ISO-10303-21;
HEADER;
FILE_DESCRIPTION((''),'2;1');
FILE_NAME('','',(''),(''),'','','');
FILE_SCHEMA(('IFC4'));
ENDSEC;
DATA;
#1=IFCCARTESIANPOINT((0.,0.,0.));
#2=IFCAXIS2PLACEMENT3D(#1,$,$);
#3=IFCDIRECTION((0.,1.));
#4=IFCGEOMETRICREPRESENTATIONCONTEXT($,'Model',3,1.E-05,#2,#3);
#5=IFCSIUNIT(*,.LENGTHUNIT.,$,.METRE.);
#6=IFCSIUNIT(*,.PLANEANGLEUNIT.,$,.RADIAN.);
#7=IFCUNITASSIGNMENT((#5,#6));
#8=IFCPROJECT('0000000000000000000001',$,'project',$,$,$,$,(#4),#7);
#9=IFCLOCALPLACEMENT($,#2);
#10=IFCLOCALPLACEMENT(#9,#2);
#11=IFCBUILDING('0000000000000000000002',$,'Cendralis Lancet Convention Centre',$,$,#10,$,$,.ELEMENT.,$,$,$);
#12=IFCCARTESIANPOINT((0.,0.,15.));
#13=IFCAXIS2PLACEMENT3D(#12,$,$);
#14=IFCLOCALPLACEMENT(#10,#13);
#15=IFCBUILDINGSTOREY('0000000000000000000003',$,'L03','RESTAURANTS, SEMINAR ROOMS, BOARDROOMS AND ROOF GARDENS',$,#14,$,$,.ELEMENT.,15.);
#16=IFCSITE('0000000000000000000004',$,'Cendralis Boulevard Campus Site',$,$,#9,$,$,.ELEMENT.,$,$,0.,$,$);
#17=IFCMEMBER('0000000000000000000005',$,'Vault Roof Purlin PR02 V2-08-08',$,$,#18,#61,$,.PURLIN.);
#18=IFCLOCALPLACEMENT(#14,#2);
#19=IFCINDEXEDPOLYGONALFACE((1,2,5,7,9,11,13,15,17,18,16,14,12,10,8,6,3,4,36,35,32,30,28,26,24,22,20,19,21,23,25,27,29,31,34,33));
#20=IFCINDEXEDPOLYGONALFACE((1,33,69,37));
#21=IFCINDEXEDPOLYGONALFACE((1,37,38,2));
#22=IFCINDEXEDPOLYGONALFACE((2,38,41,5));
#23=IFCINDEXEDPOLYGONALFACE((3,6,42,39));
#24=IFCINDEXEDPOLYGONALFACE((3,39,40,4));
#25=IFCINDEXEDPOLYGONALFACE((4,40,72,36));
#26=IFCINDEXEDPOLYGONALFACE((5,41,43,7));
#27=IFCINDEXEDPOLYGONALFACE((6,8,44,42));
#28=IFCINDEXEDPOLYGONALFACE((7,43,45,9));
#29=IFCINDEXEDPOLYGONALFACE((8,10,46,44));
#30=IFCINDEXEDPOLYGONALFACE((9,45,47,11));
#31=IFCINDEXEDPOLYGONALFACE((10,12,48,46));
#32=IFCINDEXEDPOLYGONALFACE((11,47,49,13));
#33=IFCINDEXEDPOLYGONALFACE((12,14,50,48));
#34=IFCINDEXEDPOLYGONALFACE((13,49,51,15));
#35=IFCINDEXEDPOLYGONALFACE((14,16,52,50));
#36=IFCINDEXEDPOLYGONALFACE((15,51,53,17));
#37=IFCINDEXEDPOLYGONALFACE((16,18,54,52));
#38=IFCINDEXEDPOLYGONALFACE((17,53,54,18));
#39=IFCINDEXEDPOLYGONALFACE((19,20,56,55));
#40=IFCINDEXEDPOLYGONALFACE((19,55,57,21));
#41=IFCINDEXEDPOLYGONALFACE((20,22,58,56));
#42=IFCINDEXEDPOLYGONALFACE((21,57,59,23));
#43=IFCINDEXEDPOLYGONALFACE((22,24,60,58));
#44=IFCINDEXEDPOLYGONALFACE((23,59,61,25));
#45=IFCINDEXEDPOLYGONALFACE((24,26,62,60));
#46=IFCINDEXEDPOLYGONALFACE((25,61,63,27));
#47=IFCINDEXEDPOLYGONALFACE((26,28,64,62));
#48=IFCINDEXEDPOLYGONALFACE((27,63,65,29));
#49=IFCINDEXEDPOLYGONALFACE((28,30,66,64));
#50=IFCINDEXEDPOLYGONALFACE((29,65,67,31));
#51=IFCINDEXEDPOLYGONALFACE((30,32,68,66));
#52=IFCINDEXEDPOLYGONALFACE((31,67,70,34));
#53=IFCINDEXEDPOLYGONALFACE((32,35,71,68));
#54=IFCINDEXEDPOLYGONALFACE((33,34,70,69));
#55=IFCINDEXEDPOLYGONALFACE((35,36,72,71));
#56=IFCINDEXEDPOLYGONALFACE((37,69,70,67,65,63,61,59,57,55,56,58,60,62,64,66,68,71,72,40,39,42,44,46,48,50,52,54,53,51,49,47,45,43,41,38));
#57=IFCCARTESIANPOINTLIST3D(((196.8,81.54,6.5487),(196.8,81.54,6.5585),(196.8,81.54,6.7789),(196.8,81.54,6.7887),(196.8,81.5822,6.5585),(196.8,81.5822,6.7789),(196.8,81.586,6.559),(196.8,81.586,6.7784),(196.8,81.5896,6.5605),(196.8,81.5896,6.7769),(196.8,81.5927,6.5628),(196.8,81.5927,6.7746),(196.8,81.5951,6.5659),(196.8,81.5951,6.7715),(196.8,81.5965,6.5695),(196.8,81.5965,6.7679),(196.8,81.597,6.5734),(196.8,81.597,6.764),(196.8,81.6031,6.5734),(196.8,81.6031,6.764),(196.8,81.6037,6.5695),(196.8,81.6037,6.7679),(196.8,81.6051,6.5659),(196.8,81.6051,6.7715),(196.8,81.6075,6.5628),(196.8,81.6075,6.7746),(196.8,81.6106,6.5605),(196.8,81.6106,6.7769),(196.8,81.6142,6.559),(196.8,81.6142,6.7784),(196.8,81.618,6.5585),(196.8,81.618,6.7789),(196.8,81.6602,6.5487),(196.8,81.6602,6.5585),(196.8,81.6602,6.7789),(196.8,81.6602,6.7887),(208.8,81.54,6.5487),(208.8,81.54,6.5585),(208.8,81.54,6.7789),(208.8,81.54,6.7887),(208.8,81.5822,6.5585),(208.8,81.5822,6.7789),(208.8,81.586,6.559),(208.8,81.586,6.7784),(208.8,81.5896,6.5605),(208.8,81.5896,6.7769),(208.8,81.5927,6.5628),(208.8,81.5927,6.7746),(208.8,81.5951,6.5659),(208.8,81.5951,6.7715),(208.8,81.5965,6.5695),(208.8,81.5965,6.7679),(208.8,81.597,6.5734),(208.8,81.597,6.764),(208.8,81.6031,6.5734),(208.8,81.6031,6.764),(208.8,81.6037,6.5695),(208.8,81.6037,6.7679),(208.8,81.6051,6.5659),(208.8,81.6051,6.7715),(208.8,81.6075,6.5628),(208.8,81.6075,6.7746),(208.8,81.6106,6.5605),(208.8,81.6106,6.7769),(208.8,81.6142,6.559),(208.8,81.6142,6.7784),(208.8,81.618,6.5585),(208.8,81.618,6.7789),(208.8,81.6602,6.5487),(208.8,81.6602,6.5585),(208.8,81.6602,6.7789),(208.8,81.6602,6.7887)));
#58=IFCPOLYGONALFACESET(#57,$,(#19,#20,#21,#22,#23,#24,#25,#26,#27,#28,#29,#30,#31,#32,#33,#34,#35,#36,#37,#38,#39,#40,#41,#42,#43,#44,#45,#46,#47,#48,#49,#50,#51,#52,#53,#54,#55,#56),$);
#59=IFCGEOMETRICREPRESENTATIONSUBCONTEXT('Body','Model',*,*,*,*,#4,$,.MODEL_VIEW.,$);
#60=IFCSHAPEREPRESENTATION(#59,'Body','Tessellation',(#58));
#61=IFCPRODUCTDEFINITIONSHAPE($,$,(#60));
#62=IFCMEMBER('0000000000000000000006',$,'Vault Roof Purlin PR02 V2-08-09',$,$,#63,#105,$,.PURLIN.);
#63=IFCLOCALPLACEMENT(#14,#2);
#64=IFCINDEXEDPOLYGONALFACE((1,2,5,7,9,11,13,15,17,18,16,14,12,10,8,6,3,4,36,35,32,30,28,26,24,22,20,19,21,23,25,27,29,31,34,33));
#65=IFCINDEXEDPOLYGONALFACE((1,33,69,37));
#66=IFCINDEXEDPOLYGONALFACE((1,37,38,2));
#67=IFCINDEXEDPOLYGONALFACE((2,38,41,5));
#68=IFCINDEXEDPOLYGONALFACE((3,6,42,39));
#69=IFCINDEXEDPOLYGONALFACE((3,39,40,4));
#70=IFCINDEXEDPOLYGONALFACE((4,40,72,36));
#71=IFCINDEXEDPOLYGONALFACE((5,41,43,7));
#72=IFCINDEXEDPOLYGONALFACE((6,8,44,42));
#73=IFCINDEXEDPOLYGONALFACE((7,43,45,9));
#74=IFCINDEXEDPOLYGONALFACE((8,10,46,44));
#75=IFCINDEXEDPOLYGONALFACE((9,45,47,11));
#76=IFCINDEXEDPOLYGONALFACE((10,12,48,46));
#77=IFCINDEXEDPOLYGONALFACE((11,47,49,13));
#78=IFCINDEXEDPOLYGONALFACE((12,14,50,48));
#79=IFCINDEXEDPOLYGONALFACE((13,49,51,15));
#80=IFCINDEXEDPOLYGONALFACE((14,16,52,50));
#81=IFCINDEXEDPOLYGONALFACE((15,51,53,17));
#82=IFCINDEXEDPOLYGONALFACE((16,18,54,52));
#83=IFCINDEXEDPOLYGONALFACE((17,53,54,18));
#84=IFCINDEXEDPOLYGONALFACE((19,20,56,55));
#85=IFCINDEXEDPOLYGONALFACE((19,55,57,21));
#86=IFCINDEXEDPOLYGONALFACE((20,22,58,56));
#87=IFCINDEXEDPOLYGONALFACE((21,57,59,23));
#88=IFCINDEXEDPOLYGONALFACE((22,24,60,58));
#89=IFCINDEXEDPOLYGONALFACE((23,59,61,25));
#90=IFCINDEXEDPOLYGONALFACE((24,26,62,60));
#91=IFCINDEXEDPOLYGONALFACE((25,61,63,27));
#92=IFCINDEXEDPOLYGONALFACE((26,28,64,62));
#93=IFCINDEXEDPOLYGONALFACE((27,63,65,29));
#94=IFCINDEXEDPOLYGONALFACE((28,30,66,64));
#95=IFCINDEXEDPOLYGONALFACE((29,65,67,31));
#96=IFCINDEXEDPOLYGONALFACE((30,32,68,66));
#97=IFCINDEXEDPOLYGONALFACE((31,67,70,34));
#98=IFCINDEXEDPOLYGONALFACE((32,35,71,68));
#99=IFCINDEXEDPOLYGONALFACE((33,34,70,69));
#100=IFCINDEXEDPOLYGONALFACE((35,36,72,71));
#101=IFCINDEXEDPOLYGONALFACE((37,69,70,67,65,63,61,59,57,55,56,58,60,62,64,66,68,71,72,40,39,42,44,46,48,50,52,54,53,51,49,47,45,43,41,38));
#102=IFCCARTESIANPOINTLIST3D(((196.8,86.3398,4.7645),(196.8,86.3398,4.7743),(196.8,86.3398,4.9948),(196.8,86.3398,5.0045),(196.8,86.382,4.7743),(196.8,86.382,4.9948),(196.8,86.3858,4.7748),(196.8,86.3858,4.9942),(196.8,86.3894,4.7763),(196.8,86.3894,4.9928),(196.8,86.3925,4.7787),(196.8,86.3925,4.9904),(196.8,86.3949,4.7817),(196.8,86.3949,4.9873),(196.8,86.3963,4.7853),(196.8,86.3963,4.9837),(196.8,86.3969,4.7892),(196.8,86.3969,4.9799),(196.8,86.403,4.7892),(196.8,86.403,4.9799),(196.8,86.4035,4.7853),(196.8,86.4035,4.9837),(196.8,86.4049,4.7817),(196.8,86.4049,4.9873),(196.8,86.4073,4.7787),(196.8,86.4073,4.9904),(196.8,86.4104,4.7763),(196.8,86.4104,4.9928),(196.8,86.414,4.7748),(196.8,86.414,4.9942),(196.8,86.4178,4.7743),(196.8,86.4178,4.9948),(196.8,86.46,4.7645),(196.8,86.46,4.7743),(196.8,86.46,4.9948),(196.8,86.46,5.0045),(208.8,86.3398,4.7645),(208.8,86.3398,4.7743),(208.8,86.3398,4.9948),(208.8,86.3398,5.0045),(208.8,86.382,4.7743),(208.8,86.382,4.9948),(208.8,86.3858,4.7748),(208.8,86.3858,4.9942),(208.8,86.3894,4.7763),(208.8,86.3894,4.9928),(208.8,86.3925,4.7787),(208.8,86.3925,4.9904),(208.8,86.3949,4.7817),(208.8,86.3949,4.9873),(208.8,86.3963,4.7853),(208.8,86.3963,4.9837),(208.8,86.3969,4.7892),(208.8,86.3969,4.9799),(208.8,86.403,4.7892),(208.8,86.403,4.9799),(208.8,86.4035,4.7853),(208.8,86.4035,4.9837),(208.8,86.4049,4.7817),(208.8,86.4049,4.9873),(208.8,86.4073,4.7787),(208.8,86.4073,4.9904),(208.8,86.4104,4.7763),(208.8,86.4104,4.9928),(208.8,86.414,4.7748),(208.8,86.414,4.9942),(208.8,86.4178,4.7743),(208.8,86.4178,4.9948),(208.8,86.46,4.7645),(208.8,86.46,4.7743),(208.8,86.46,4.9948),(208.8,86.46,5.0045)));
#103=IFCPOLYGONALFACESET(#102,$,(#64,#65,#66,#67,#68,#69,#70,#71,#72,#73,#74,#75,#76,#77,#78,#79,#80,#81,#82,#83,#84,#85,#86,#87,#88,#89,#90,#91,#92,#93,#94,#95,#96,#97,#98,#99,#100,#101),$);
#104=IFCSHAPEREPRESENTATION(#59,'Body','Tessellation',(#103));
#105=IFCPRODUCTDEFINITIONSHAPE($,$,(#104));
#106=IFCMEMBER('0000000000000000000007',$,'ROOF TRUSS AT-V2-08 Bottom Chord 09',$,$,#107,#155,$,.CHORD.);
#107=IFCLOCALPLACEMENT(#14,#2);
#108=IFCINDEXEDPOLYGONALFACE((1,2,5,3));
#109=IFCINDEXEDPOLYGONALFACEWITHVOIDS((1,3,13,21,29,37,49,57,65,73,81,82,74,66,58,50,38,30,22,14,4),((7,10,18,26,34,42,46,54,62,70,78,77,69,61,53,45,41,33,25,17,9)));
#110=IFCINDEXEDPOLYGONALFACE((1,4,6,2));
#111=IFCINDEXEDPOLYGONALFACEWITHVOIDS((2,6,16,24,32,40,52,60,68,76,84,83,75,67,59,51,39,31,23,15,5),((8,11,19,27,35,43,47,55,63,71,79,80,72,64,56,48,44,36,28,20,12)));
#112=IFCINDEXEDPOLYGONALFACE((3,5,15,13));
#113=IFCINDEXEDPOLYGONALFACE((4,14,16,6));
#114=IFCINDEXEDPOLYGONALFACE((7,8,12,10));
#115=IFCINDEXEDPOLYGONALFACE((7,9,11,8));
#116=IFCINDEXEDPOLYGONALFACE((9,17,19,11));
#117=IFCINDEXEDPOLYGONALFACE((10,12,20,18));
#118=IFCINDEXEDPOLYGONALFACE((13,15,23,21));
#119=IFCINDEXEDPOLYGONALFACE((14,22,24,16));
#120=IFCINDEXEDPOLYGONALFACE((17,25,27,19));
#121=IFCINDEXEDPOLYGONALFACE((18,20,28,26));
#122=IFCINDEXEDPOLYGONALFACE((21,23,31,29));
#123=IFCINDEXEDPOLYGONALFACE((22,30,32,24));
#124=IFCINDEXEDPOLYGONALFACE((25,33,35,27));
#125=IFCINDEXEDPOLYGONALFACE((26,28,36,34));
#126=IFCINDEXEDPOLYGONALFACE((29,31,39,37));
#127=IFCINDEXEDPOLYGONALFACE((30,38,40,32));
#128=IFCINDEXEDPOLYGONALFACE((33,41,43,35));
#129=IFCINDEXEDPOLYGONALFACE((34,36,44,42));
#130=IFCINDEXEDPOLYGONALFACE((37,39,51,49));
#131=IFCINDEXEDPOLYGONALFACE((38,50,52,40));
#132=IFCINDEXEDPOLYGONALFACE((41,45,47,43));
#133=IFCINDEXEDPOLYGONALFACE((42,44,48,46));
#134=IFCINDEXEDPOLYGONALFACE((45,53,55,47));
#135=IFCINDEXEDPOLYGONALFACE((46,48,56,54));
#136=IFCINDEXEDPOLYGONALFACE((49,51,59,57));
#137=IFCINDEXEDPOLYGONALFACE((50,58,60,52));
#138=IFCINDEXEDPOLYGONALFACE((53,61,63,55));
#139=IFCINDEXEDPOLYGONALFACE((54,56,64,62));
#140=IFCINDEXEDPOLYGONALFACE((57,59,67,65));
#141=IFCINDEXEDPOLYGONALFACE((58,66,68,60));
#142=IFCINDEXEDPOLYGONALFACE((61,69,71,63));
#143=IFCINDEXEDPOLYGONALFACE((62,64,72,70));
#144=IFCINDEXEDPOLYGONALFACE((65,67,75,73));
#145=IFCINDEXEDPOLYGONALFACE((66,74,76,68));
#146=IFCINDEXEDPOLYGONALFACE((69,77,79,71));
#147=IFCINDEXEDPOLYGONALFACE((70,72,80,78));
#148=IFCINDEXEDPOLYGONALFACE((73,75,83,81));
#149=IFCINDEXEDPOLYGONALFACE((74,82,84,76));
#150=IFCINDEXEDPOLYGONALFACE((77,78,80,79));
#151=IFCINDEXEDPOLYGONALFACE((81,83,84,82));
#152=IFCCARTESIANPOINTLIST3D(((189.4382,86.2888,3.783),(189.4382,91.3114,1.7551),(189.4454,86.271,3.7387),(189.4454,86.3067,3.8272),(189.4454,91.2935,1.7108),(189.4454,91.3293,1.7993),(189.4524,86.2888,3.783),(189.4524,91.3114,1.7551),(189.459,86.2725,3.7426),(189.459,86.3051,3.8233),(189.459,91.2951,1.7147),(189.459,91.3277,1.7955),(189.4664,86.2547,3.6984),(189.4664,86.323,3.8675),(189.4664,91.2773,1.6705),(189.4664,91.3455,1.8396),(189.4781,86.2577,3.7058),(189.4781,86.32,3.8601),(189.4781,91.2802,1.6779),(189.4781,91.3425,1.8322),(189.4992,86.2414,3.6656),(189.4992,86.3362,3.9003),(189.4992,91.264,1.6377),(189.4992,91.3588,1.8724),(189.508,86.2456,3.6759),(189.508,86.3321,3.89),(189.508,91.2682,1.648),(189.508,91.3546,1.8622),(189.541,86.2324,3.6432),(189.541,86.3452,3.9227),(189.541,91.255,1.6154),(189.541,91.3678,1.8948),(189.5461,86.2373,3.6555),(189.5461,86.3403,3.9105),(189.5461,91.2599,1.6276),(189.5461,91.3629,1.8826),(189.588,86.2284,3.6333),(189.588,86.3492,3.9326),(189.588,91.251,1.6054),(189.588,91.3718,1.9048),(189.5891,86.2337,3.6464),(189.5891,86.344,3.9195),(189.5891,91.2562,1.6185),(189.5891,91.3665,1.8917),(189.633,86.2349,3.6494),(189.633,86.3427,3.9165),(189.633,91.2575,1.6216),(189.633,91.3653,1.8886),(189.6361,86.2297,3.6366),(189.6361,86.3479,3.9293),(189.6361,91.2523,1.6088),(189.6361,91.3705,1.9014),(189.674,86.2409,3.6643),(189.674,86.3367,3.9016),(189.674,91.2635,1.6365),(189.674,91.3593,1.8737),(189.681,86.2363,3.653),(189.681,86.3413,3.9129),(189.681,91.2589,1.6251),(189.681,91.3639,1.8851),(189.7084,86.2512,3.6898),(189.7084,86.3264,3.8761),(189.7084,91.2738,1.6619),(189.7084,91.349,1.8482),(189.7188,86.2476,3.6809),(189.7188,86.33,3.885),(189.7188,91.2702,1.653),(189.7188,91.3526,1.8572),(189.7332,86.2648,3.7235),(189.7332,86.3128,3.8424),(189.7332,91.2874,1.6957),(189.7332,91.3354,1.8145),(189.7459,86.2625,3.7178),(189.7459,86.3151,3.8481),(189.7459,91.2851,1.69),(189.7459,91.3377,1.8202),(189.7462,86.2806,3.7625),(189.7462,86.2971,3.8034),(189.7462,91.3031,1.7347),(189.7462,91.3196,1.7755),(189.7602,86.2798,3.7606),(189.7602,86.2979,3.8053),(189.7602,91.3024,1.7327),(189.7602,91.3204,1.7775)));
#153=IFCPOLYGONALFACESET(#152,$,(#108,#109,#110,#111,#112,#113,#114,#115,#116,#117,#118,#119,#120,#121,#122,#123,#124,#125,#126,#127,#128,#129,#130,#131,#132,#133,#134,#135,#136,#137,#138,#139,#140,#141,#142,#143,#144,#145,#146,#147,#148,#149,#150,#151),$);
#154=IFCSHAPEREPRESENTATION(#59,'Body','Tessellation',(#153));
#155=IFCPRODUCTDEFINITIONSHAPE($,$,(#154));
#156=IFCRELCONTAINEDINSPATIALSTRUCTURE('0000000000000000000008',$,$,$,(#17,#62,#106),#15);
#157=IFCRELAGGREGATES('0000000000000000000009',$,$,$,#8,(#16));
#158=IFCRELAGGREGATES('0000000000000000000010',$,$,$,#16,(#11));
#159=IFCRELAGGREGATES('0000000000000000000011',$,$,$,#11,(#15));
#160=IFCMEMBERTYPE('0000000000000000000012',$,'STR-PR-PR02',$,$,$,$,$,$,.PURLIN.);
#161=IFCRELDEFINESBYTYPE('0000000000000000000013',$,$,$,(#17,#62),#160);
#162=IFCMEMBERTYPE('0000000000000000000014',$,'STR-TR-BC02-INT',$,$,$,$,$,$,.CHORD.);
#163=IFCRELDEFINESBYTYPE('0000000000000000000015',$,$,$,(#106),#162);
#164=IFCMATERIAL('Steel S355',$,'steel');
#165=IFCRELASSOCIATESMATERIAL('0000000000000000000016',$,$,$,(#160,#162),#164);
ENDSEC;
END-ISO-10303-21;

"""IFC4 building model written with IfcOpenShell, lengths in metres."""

from ifc_helpers import new_model, si_unit, direction, frame, origin, origin_2d, place, context, subcontext, project, spatial, hollow_circle, i_section, extrude, material, material_profile, profile_set, type_object, element, save


model = new_model("IFC4")

# Units and contexts
model_context = context("Model", 3, precision=1e-05, world=origin(), true_north=direction((0.0, 1.0)))
body_context = subcontext(model_context, "Body", "Model", "MODEL_VIEW")
ifc_project = project(units=[si_unit("LENGTHUNIT", "METRE"), si_unit("PLANEANGLEUNIT", "RADIAN")], contexts=[model_context])

# Site, building, storey
site_placement = place(None, origin())
site = spatial("IfcSite", under=ifc_project, at=site_placement, Name="Cendralis Boulevard Campus Site", CompositionType="ELEMENT", RefElevation=0.0)
building_placement = place(site_placement, origin())
building = spatial("IfcBuilding", under=site, at=building_placement, Name="Cendralis Lancet Convention Centre", CompositionType="ELEMENT")
storey_placement = place(building_placement, frame((0.0, 0.0, 15.0)))
storey = spatial("IfcBuildingStorey", under=building, at=storey_placement, Name="L03", Description="RESTAURANTS, SEMINAR ROOMS, BOARDROOMS AND ROOF GARDENS", CompositionType="ELEMENT", Elevation=15.0)

# Shared definitions
ifc_material_1 = material(Name="Steel S355", Category="steel")

# Members
ifc_material_profile_1 = material_profile(ifc_material_1, i_section(OverallWidth=0.1201, OverallDepth=0.24, WebThickness=0.0061, FlangeThickness=0.0098, FilletRadius=0.0149, at=origin_2d()), Name="IPE 240")
ifc_profile_set_1 = profile_set([ifc_material_profile_1], Name="Steel S355")
member_type_1 = type_object("IfcMemberType", Name="STR-PR-PR02", PredefinedType="PURLIN", material=ifc_profile_set_1)
for number, where, z_axis, x_axis, name in (
    (1, (196.8, 81.6001, 6.6687), (1.0, 0.0, 0.0), (0.0, 1.0, 0.0), "Vault Roof Purlin PR02 V2-08-08"),
    (2, (196.8, 86.3999, 4.8845), (1.0, 0.0, 0.0), (0.0, 1.0, 0.0), "Vault Roof Purlin PR02 V2-08-09"),
):
    element("IfcMember", number, at=place(storey_placement, frame(where, z_axis=z_axis, x_axis=x_axis)), inside=storey, type_object=member_type_1, Name=name, PredefinedType="PURLIN", context=body_context, shape_type="SweptSolid", body=[
        extrude(i_section(OverallWidth=0.1201, OverallDepth=0.24, WebThickness=0.0061, FlangeThickness=0.0098, FilletRadius=0.0149, at=origin_2d()), origin(), (0.0, 0.0, 1.0), 12.0),
    ])
ifc_material_profile_2 = material_profile(ifc_material_1, hollow_circle(Radius=0.1619, WallThickness=0.0142, at=origin_2d()), Name="CHS 323.9x14.2")
ifc_profile_set_2 = profile_set([ifc_material_profile_2], Name="Steel S355")
member_type_2 = type_object("IfcMemberType", Name="STR-TR-BC02-INT", PredefinedType="CHORD", material=ifc_profile_set_2)
member_1_placement = place(storey_placement, frame((189.6001, 86.2888, 3.783), z_axis=(0.0, 0.927272, -0.374389), x_axis=(-1.0, 0.0, 0.0)))
element("IfcMember", 3, at=member_1_placement, inside=storey, type_object=member_type_2, Name="ROOF TRUSS AT-V2-08 Bottom Chord 09", PredefinedType="CHORD", context=body_context, shape_type="SweptSolid", body=[
    extrude(hollow_circle(Radius=0.1619, WallThickness=0.0142, at=origin_2d()), origin(), (0.0, 0.0, 1.0), 5.4165),
])

save(model, "model.ifc")
